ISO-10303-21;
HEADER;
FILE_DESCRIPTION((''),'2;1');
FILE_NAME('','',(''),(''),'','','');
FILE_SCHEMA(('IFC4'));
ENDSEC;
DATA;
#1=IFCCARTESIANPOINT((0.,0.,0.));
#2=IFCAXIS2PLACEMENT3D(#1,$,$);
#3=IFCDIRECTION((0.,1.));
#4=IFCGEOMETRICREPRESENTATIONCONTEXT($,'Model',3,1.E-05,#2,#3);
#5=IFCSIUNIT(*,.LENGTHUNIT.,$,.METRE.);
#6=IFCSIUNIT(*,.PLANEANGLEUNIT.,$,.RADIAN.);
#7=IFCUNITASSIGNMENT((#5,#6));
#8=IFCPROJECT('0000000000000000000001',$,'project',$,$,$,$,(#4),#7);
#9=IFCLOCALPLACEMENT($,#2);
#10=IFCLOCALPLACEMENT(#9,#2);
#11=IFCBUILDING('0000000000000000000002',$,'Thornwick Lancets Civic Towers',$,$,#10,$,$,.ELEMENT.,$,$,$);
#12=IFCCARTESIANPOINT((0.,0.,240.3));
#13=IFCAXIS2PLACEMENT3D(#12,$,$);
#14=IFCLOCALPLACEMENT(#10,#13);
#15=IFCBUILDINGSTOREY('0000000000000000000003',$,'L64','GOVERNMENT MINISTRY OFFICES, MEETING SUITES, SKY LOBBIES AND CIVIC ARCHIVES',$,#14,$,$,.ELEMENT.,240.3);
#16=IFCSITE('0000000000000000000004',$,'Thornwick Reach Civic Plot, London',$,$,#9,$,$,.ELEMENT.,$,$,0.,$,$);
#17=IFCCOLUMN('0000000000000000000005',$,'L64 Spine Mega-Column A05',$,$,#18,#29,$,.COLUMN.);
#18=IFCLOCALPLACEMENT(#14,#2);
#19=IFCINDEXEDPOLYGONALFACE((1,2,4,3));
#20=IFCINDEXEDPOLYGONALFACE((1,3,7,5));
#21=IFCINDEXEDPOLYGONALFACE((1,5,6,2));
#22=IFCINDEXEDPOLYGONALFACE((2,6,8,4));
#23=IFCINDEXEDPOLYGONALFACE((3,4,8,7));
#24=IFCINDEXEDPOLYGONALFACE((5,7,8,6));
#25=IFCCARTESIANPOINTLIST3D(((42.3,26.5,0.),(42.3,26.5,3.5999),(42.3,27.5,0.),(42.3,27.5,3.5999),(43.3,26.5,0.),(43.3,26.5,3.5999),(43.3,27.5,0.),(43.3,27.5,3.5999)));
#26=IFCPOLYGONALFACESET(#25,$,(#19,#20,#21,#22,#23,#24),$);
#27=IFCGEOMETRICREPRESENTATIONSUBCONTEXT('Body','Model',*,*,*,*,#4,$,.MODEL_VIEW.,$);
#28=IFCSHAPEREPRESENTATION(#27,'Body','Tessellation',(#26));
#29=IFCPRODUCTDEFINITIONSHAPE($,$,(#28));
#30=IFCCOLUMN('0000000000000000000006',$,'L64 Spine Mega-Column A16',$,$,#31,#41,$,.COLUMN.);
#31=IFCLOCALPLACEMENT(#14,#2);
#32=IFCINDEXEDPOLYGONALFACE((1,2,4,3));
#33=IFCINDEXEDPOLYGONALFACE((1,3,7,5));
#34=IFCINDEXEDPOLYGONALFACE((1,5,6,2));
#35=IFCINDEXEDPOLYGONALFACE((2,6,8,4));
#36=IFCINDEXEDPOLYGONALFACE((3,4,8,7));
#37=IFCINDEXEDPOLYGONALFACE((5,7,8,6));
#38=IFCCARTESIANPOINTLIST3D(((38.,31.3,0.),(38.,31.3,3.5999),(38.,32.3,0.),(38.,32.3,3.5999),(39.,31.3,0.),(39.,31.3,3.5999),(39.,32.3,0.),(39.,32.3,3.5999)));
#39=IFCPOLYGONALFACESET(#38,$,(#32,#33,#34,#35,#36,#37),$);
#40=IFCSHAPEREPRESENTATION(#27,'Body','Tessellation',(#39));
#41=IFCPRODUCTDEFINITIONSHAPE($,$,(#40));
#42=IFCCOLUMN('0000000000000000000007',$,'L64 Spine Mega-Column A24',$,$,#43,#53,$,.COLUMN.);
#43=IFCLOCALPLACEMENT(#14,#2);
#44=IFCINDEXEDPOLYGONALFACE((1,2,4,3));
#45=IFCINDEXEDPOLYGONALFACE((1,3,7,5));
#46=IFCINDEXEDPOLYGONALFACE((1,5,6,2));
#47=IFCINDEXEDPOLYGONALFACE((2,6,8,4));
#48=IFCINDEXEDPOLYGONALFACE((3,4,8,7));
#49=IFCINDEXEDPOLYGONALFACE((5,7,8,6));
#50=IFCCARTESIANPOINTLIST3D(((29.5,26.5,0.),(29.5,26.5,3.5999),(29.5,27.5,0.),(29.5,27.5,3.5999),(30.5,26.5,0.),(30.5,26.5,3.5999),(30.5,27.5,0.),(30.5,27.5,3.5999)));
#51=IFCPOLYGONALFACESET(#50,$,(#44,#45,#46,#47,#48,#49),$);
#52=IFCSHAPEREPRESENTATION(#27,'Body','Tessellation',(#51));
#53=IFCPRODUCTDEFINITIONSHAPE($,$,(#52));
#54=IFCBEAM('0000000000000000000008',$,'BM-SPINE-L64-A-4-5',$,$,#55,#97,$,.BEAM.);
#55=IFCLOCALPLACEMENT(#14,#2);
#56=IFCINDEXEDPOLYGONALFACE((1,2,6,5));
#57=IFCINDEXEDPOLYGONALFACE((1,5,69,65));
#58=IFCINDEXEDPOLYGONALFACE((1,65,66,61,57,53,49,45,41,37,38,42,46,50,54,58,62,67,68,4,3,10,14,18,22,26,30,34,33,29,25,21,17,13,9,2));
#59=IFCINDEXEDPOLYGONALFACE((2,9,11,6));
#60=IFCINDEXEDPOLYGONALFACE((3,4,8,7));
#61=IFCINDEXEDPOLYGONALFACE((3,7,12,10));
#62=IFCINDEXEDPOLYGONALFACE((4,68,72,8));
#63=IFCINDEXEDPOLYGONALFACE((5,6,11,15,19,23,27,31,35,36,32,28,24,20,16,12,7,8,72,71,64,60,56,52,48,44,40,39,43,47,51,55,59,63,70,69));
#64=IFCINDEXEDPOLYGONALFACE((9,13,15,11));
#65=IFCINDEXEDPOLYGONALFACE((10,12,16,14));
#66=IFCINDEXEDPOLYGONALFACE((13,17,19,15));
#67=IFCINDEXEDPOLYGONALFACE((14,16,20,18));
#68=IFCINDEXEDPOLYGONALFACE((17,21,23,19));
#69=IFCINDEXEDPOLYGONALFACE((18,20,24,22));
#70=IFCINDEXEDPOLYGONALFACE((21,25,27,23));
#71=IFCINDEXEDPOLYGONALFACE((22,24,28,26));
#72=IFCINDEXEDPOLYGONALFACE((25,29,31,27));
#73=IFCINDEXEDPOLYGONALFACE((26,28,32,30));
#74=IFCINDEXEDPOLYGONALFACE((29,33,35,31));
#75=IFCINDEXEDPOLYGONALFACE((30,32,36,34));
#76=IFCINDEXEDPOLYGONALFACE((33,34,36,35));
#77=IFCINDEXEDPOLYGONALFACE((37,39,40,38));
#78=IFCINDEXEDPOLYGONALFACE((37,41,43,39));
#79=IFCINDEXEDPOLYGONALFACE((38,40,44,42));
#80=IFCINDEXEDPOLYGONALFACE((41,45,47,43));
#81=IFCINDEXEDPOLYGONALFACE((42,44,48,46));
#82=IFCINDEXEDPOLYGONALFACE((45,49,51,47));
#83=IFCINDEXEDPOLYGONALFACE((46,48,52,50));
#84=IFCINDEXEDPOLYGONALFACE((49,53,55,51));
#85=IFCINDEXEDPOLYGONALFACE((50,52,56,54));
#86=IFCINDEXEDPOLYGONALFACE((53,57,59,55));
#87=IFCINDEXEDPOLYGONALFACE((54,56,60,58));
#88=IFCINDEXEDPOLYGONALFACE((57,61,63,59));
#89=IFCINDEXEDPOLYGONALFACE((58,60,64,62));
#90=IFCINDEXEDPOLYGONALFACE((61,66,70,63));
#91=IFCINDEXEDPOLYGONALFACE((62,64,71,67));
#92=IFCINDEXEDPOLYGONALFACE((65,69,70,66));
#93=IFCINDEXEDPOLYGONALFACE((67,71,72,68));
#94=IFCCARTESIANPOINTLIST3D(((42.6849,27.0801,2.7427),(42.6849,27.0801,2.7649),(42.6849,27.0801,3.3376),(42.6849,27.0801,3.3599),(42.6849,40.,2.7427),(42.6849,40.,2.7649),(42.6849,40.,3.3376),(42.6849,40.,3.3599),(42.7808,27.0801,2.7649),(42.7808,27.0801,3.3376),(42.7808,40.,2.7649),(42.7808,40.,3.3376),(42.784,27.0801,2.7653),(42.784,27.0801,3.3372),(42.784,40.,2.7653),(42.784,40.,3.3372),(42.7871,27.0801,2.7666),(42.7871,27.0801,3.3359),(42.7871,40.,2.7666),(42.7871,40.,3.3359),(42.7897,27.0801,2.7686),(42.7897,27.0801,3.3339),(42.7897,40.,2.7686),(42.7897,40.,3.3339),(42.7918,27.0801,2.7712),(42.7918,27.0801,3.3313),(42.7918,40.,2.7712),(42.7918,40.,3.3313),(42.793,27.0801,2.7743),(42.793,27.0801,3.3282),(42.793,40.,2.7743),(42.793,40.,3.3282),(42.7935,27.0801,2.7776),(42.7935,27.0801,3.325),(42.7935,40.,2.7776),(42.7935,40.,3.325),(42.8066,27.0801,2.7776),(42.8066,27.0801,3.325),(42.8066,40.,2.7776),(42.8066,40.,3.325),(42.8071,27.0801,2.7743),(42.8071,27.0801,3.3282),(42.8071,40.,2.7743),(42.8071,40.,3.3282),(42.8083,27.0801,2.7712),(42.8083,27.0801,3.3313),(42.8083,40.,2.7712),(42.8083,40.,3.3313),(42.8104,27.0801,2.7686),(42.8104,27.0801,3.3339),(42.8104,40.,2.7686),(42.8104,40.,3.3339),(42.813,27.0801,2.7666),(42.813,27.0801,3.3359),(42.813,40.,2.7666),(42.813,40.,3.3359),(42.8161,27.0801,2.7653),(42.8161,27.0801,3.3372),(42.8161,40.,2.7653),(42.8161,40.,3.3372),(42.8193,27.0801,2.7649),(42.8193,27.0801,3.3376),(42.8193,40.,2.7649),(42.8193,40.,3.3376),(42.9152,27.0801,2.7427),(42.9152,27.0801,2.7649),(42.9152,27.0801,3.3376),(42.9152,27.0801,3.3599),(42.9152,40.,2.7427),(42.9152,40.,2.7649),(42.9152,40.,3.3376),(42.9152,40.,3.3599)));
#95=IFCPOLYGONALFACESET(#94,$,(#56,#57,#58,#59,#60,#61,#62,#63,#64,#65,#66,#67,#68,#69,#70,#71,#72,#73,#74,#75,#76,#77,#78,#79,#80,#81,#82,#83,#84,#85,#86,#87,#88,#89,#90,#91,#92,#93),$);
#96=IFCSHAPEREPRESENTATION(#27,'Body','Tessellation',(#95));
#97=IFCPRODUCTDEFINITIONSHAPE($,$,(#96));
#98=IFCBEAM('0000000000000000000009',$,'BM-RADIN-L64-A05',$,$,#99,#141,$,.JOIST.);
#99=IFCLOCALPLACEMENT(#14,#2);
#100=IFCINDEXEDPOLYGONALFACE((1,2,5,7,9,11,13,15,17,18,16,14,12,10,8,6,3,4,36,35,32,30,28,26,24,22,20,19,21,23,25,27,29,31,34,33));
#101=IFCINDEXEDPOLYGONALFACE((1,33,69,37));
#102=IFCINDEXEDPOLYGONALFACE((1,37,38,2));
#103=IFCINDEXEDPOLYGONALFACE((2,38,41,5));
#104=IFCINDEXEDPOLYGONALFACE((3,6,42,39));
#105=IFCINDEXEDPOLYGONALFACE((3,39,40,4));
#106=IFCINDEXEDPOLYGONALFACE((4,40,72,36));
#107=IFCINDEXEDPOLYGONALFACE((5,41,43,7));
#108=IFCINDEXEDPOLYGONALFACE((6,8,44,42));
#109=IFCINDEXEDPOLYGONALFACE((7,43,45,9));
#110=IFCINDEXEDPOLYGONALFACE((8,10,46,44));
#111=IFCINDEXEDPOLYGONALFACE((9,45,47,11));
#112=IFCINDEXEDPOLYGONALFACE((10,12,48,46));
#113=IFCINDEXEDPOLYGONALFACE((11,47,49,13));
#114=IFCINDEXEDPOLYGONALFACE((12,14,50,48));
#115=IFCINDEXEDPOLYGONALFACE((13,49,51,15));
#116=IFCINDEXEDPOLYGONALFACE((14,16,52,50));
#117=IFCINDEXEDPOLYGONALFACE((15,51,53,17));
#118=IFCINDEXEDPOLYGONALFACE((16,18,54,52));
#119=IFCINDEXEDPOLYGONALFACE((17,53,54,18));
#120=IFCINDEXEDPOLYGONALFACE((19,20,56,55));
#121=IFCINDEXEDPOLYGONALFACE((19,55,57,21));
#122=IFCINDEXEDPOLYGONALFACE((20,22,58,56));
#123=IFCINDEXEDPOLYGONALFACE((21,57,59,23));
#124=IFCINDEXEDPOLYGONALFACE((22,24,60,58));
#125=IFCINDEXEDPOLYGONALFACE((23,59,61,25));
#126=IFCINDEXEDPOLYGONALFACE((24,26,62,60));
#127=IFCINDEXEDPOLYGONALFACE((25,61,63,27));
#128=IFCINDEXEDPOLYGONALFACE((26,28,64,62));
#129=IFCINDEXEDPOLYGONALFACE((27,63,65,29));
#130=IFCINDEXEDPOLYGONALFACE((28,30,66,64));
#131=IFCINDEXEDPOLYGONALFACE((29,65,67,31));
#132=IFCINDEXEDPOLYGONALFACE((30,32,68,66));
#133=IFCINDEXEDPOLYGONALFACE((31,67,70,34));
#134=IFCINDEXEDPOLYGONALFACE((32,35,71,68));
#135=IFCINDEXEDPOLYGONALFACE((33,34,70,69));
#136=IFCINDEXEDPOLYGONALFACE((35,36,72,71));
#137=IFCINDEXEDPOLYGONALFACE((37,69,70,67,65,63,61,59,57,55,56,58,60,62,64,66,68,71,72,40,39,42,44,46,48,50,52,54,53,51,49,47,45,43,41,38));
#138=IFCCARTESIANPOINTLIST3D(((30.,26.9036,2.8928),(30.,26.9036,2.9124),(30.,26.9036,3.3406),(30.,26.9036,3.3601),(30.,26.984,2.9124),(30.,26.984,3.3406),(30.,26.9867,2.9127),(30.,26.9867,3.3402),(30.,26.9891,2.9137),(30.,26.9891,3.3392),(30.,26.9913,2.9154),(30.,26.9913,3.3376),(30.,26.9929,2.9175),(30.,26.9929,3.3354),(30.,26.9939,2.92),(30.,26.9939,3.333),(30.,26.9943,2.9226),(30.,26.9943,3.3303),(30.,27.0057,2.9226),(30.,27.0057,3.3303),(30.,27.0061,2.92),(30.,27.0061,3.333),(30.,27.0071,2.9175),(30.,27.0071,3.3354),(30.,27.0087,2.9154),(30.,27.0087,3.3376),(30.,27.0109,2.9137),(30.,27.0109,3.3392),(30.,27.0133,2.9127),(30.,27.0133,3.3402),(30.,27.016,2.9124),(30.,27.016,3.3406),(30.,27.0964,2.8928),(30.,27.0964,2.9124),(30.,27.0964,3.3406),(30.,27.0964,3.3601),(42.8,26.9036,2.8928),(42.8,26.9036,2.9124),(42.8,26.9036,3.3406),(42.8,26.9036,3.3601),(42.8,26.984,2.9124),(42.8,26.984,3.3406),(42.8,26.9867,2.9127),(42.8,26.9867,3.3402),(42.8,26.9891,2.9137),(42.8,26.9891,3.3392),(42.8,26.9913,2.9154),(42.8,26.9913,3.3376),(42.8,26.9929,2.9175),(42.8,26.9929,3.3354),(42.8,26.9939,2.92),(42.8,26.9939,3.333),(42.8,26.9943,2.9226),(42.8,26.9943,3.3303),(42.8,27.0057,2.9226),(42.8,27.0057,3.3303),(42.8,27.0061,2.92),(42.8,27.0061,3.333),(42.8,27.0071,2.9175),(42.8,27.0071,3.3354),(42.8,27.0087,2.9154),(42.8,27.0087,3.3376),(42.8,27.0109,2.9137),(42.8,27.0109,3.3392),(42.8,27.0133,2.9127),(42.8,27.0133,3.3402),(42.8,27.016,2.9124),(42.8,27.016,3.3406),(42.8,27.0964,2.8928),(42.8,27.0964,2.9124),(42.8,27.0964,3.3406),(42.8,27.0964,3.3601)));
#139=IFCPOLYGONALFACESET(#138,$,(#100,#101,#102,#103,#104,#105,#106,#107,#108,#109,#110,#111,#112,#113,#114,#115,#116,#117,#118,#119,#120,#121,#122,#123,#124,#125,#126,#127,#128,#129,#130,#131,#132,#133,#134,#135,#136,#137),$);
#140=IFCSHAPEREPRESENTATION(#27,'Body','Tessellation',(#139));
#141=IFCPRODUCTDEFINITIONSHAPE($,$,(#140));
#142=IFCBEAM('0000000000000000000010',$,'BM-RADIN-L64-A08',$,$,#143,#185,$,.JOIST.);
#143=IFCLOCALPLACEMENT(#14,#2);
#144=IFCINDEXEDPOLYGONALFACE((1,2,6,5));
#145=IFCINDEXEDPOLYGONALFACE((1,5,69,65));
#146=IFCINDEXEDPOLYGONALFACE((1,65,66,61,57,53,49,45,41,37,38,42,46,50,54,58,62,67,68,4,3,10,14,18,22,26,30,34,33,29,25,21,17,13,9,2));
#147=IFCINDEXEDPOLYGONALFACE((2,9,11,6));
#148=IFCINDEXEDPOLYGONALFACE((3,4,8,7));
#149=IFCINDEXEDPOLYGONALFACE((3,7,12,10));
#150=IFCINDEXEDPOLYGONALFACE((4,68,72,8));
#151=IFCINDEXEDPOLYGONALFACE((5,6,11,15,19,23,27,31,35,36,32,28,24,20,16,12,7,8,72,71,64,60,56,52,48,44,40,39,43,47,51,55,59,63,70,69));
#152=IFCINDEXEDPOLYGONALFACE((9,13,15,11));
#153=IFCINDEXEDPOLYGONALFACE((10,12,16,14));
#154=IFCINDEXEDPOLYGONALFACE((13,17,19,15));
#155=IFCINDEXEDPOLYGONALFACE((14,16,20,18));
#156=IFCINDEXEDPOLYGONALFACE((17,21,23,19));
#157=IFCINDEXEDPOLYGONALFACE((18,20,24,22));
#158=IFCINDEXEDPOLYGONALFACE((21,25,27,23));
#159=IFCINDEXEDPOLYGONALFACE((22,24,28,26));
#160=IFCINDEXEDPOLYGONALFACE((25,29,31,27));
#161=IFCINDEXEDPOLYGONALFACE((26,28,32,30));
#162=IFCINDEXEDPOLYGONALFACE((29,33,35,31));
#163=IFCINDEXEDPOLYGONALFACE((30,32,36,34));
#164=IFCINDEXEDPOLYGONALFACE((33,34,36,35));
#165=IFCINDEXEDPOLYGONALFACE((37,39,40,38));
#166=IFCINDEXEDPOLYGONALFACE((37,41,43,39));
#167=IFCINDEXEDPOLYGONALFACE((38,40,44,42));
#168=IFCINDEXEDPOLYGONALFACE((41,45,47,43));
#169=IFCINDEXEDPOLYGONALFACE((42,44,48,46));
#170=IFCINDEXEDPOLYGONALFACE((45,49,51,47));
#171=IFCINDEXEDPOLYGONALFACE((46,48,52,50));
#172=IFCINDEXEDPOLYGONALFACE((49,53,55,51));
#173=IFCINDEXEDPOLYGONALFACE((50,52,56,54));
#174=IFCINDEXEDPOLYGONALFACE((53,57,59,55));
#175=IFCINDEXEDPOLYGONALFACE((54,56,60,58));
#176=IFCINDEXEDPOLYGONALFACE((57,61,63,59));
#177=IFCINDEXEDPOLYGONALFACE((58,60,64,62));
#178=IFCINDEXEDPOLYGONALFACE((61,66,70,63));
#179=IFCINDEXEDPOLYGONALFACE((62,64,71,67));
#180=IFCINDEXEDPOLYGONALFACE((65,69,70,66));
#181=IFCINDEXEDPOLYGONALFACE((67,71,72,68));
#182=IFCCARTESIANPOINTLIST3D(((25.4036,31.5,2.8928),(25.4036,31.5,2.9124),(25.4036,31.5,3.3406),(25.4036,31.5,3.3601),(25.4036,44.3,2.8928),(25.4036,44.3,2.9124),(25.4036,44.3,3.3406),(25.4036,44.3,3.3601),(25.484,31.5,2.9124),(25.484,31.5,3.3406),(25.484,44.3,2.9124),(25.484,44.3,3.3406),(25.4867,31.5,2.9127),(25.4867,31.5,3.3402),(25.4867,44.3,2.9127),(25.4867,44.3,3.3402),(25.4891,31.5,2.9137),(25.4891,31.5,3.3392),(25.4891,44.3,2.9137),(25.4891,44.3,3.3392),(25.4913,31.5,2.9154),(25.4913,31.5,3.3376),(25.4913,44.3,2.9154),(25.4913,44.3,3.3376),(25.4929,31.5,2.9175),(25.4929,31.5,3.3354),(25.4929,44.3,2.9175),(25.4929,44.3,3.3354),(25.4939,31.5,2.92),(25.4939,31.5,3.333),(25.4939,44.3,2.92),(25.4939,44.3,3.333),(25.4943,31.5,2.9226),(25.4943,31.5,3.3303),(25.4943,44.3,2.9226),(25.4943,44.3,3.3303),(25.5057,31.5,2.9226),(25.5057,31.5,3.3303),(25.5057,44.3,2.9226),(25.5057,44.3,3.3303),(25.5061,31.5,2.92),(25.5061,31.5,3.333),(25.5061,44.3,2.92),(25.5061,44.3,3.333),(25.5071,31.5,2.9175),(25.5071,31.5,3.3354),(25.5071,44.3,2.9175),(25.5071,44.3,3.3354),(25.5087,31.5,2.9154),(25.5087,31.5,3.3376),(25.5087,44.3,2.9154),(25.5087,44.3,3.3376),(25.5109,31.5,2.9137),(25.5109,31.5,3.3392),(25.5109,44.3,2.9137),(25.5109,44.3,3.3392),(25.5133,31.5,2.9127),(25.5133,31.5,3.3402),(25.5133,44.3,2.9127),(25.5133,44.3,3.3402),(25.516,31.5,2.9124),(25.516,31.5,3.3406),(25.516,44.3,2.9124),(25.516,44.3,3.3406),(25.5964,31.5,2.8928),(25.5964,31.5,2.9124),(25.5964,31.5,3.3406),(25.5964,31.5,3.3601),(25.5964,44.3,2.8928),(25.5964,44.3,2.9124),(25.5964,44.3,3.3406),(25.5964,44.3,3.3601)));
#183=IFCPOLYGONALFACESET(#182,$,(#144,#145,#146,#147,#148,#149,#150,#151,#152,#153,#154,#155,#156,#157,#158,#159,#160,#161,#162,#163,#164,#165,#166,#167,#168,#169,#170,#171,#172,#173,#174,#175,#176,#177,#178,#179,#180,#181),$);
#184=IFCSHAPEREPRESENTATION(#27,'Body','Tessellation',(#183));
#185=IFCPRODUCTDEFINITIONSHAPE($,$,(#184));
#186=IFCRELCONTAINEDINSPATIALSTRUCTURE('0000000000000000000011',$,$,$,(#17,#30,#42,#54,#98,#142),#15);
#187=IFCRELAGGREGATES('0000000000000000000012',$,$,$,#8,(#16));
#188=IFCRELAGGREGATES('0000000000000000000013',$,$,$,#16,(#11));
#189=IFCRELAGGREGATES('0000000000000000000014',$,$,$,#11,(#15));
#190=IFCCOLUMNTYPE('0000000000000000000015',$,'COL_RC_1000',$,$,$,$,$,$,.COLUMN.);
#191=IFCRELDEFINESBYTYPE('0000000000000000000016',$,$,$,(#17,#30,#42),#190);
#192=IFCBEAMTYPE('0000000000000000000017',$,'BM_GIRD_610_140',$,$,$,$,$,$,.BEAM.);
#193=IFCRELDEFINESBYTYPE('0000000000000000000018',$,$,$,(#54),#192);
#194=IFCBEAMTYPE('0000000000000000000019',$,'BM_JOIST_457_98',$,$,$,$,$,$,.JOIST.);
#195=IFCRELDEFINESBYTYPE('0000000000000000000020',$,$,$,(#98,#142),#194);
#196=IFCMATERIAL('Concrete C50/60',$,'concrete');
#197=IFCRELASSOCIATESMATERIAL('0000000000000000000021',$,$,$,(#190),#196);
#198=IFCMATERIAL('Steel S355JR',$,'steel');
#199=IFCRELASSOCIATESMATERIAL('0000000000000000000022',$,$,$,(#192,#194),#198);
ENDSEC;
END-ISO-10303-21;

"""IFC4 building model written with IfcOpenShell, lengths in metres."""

from ifc_helpers import new_model, si_unit, direction, frame, origin, origin_2d, place, context, subcontext, project, spatial, rectangle, i_section, extrude, material, material_profile, profile_set, type_object, element, save


model = new_model("IFC4")

# Units and contexts
model_context = context("Model", 3, precision=1e-05, world=origin(), true_north=direction((0.0, 1.0)))
body_context = subcontext(model_context, "Body", "Model", "MODEL_VIEW")
ifc_project = project(units=[si_unit("LENGTHUNIT", "METRE"), si_unit("PLANEANGLEUNIT", "RADIAN")], contexts=[model_context])

# Site, building, storey
site_placement = place(None, origin())
site = spatial("IfcSite", under=ifc_project, at=site_placement, Name="Thornwick Reach Civic Plot, London", CompositionType="ELEMENT", RefElevation=0.0)
building_placement = place(site_placement, origin())
building = spatial("IfcBuilding", under=site, at=building_placement, Name="Thornwick Lancets Civic Towers", CompositionType="ELEMENT")
storey_placement = place(building_placement, frame((0.0, 0.0, 240.3)))
storey = spatial("IfcBuildingStorey", under=building, at=storey_placement, Name="L64", Description="GOVERNMENT MINISTRY OFFICES, MEETING SUITES, SKY LOBBIES AND CIVIC ARCHIVES", CompositionType="ELEMENT", Elevation=240.3)

# Columns
ifc_material_1 = material(Name="Concrete C50/60", Category="concrete")
ifc_material_profile_1 = material_profile(ifc_material_1, rectangle(XDim=1.0, YDim=1.0, at=origin_2d()), Name="RC 1000x1000")
ifc_profile_set_1 = profile_set([ifc_material_profile_1], Name="Concrete C50/60")
column_type = type_object("IfcColumnType", Name="COL_RC_1000", PredefinedType="COLUMN", material=ifc_profile_set_1)
for number, where, z_axis, x_axis, name in (
    (1, (42.8, 27.0, 0.0), (0.0, 0.0, 1.0), (1.0, 0.0, 0.0), "L64 Spine Mega-Column A05"),
    (2, (38.5, 31.8, 0.0), (0.0, 0.0, 1.0), (1.0, 0.0, 0.0), "L64 Spine Mega-Column A16"),
    (3, (30.0, 27.0, 0.0), (0.0, 0.0, 1.0), (1.0, 0.0, 0.0), "L64 Spine Mega-Column A24"),
):
    element("IfcColumn", number, at=place(storey_placement, frame(where, z_axis=z_axis, x_axis=x_axis)), inside=storey, type_object=column_type, Name=name, PredefinedType="COLUMN", context=body_context, shape_type="SweptSolid", body=[
        extrude(rectangle(XDim=1.0, YDim=1.0, at=origin_2d()), origin(), (0.0, 0.0, 1.0), 3.5999),
    ])

# Beams
ifc_material_2 = material(Name="Steel S355JR", Category="steel")
ifc_material_profile_2 = material_profile(ifc_material_2, i_section(OverallWidth=0.2302, OverallDepth=0.6172, WebThickness=0.0132, FlangeThickness=0.0222, FilletRadius=0.0127, at=origin_2d()), Name="UKB 610x229x140")
ifc_profile_set_2 = profile_set([ifc_material_profile_2], Name="Steel S355JR")
beam_type_1 = type_object("IfcBeamType", Name="BM_GIRD_610_140", PredefinedType="BEAM", material=ifc_profile_set_2)
beam_1_placement = place(storey_placement, frame((42.8, 27.0801, 3.0513), z_axis=(0.0, 1.0, 0.0), x_axis=(-1.0, 0.0, 0.0)))
element("IfcBeam", 4, at=beam_1_placement, inside=storey, type_object=beam_type_1, Name="BM-SPINE-L64-A-4-5", PredefinedType="BEAM", context=body_context, shape_type="SweptSolid", body=[
    extrude(i_section(OverallWidth=0.2302, OverallDepth=0.6172, WebThickness=0.0132, FlangeThickness=0.0222, FilletRadius=0.0127, at=origin_2d()), origin(), (0.0, 0.0, 1.0), 12.9199),
])
ifc_material_profile_3 = material_profile(ifc_material_2, i_section(OverallWidth=0.1929, OverallDepth=0.4673, WebThickness=0.0115, FlangeThickness=0.0195, FilletRadius=0.0103, at=origin_2d()), Name="UKB 457x191x98")
ifc_profile_set_3 = profile_set([ifc_material_profile_3], Name="Steel S355JR")
beam_type_2 = type_object("IfcBeamType", Name="BM_JOIST_457_98", PredefinedType="JOIST", material=ifc_profile_set_3)
for number, where, z_axis, x_axis, name in (
    (5, (30.0, 27.0, 3.1265), (1.0, 0.0, 0.0), (0.0, 1.0, 0.0), "BM-RADIN-L64-A05"),
    (6, (25.5, 31.5, 3.1265), (0.0, 1.0, 0.0), (-1.0, 0.0, 0.0), "BM-RADIN-L64-A08"),
):
    element("IfcBeam", number, at=place(storey_placement, frame(where, z_axis=z_axis, x_axis=x_axis)), inside=storey, type_object=beam_type_2, Name=name, PredefinedType="JOIST", context=body_context, shape_type="SweptSolid", body=[
        extrude(i_section(OverallWidth=0.1929, OverallDepth=0.4673, WebThickness=0.0115, FlangeThickness=0.0195, FilletRadius=0.0103, at=origin_2d()), origin(), (0.0, 0.0, 1.0), 12.8),
    ])

save(model, "model.ifc")
